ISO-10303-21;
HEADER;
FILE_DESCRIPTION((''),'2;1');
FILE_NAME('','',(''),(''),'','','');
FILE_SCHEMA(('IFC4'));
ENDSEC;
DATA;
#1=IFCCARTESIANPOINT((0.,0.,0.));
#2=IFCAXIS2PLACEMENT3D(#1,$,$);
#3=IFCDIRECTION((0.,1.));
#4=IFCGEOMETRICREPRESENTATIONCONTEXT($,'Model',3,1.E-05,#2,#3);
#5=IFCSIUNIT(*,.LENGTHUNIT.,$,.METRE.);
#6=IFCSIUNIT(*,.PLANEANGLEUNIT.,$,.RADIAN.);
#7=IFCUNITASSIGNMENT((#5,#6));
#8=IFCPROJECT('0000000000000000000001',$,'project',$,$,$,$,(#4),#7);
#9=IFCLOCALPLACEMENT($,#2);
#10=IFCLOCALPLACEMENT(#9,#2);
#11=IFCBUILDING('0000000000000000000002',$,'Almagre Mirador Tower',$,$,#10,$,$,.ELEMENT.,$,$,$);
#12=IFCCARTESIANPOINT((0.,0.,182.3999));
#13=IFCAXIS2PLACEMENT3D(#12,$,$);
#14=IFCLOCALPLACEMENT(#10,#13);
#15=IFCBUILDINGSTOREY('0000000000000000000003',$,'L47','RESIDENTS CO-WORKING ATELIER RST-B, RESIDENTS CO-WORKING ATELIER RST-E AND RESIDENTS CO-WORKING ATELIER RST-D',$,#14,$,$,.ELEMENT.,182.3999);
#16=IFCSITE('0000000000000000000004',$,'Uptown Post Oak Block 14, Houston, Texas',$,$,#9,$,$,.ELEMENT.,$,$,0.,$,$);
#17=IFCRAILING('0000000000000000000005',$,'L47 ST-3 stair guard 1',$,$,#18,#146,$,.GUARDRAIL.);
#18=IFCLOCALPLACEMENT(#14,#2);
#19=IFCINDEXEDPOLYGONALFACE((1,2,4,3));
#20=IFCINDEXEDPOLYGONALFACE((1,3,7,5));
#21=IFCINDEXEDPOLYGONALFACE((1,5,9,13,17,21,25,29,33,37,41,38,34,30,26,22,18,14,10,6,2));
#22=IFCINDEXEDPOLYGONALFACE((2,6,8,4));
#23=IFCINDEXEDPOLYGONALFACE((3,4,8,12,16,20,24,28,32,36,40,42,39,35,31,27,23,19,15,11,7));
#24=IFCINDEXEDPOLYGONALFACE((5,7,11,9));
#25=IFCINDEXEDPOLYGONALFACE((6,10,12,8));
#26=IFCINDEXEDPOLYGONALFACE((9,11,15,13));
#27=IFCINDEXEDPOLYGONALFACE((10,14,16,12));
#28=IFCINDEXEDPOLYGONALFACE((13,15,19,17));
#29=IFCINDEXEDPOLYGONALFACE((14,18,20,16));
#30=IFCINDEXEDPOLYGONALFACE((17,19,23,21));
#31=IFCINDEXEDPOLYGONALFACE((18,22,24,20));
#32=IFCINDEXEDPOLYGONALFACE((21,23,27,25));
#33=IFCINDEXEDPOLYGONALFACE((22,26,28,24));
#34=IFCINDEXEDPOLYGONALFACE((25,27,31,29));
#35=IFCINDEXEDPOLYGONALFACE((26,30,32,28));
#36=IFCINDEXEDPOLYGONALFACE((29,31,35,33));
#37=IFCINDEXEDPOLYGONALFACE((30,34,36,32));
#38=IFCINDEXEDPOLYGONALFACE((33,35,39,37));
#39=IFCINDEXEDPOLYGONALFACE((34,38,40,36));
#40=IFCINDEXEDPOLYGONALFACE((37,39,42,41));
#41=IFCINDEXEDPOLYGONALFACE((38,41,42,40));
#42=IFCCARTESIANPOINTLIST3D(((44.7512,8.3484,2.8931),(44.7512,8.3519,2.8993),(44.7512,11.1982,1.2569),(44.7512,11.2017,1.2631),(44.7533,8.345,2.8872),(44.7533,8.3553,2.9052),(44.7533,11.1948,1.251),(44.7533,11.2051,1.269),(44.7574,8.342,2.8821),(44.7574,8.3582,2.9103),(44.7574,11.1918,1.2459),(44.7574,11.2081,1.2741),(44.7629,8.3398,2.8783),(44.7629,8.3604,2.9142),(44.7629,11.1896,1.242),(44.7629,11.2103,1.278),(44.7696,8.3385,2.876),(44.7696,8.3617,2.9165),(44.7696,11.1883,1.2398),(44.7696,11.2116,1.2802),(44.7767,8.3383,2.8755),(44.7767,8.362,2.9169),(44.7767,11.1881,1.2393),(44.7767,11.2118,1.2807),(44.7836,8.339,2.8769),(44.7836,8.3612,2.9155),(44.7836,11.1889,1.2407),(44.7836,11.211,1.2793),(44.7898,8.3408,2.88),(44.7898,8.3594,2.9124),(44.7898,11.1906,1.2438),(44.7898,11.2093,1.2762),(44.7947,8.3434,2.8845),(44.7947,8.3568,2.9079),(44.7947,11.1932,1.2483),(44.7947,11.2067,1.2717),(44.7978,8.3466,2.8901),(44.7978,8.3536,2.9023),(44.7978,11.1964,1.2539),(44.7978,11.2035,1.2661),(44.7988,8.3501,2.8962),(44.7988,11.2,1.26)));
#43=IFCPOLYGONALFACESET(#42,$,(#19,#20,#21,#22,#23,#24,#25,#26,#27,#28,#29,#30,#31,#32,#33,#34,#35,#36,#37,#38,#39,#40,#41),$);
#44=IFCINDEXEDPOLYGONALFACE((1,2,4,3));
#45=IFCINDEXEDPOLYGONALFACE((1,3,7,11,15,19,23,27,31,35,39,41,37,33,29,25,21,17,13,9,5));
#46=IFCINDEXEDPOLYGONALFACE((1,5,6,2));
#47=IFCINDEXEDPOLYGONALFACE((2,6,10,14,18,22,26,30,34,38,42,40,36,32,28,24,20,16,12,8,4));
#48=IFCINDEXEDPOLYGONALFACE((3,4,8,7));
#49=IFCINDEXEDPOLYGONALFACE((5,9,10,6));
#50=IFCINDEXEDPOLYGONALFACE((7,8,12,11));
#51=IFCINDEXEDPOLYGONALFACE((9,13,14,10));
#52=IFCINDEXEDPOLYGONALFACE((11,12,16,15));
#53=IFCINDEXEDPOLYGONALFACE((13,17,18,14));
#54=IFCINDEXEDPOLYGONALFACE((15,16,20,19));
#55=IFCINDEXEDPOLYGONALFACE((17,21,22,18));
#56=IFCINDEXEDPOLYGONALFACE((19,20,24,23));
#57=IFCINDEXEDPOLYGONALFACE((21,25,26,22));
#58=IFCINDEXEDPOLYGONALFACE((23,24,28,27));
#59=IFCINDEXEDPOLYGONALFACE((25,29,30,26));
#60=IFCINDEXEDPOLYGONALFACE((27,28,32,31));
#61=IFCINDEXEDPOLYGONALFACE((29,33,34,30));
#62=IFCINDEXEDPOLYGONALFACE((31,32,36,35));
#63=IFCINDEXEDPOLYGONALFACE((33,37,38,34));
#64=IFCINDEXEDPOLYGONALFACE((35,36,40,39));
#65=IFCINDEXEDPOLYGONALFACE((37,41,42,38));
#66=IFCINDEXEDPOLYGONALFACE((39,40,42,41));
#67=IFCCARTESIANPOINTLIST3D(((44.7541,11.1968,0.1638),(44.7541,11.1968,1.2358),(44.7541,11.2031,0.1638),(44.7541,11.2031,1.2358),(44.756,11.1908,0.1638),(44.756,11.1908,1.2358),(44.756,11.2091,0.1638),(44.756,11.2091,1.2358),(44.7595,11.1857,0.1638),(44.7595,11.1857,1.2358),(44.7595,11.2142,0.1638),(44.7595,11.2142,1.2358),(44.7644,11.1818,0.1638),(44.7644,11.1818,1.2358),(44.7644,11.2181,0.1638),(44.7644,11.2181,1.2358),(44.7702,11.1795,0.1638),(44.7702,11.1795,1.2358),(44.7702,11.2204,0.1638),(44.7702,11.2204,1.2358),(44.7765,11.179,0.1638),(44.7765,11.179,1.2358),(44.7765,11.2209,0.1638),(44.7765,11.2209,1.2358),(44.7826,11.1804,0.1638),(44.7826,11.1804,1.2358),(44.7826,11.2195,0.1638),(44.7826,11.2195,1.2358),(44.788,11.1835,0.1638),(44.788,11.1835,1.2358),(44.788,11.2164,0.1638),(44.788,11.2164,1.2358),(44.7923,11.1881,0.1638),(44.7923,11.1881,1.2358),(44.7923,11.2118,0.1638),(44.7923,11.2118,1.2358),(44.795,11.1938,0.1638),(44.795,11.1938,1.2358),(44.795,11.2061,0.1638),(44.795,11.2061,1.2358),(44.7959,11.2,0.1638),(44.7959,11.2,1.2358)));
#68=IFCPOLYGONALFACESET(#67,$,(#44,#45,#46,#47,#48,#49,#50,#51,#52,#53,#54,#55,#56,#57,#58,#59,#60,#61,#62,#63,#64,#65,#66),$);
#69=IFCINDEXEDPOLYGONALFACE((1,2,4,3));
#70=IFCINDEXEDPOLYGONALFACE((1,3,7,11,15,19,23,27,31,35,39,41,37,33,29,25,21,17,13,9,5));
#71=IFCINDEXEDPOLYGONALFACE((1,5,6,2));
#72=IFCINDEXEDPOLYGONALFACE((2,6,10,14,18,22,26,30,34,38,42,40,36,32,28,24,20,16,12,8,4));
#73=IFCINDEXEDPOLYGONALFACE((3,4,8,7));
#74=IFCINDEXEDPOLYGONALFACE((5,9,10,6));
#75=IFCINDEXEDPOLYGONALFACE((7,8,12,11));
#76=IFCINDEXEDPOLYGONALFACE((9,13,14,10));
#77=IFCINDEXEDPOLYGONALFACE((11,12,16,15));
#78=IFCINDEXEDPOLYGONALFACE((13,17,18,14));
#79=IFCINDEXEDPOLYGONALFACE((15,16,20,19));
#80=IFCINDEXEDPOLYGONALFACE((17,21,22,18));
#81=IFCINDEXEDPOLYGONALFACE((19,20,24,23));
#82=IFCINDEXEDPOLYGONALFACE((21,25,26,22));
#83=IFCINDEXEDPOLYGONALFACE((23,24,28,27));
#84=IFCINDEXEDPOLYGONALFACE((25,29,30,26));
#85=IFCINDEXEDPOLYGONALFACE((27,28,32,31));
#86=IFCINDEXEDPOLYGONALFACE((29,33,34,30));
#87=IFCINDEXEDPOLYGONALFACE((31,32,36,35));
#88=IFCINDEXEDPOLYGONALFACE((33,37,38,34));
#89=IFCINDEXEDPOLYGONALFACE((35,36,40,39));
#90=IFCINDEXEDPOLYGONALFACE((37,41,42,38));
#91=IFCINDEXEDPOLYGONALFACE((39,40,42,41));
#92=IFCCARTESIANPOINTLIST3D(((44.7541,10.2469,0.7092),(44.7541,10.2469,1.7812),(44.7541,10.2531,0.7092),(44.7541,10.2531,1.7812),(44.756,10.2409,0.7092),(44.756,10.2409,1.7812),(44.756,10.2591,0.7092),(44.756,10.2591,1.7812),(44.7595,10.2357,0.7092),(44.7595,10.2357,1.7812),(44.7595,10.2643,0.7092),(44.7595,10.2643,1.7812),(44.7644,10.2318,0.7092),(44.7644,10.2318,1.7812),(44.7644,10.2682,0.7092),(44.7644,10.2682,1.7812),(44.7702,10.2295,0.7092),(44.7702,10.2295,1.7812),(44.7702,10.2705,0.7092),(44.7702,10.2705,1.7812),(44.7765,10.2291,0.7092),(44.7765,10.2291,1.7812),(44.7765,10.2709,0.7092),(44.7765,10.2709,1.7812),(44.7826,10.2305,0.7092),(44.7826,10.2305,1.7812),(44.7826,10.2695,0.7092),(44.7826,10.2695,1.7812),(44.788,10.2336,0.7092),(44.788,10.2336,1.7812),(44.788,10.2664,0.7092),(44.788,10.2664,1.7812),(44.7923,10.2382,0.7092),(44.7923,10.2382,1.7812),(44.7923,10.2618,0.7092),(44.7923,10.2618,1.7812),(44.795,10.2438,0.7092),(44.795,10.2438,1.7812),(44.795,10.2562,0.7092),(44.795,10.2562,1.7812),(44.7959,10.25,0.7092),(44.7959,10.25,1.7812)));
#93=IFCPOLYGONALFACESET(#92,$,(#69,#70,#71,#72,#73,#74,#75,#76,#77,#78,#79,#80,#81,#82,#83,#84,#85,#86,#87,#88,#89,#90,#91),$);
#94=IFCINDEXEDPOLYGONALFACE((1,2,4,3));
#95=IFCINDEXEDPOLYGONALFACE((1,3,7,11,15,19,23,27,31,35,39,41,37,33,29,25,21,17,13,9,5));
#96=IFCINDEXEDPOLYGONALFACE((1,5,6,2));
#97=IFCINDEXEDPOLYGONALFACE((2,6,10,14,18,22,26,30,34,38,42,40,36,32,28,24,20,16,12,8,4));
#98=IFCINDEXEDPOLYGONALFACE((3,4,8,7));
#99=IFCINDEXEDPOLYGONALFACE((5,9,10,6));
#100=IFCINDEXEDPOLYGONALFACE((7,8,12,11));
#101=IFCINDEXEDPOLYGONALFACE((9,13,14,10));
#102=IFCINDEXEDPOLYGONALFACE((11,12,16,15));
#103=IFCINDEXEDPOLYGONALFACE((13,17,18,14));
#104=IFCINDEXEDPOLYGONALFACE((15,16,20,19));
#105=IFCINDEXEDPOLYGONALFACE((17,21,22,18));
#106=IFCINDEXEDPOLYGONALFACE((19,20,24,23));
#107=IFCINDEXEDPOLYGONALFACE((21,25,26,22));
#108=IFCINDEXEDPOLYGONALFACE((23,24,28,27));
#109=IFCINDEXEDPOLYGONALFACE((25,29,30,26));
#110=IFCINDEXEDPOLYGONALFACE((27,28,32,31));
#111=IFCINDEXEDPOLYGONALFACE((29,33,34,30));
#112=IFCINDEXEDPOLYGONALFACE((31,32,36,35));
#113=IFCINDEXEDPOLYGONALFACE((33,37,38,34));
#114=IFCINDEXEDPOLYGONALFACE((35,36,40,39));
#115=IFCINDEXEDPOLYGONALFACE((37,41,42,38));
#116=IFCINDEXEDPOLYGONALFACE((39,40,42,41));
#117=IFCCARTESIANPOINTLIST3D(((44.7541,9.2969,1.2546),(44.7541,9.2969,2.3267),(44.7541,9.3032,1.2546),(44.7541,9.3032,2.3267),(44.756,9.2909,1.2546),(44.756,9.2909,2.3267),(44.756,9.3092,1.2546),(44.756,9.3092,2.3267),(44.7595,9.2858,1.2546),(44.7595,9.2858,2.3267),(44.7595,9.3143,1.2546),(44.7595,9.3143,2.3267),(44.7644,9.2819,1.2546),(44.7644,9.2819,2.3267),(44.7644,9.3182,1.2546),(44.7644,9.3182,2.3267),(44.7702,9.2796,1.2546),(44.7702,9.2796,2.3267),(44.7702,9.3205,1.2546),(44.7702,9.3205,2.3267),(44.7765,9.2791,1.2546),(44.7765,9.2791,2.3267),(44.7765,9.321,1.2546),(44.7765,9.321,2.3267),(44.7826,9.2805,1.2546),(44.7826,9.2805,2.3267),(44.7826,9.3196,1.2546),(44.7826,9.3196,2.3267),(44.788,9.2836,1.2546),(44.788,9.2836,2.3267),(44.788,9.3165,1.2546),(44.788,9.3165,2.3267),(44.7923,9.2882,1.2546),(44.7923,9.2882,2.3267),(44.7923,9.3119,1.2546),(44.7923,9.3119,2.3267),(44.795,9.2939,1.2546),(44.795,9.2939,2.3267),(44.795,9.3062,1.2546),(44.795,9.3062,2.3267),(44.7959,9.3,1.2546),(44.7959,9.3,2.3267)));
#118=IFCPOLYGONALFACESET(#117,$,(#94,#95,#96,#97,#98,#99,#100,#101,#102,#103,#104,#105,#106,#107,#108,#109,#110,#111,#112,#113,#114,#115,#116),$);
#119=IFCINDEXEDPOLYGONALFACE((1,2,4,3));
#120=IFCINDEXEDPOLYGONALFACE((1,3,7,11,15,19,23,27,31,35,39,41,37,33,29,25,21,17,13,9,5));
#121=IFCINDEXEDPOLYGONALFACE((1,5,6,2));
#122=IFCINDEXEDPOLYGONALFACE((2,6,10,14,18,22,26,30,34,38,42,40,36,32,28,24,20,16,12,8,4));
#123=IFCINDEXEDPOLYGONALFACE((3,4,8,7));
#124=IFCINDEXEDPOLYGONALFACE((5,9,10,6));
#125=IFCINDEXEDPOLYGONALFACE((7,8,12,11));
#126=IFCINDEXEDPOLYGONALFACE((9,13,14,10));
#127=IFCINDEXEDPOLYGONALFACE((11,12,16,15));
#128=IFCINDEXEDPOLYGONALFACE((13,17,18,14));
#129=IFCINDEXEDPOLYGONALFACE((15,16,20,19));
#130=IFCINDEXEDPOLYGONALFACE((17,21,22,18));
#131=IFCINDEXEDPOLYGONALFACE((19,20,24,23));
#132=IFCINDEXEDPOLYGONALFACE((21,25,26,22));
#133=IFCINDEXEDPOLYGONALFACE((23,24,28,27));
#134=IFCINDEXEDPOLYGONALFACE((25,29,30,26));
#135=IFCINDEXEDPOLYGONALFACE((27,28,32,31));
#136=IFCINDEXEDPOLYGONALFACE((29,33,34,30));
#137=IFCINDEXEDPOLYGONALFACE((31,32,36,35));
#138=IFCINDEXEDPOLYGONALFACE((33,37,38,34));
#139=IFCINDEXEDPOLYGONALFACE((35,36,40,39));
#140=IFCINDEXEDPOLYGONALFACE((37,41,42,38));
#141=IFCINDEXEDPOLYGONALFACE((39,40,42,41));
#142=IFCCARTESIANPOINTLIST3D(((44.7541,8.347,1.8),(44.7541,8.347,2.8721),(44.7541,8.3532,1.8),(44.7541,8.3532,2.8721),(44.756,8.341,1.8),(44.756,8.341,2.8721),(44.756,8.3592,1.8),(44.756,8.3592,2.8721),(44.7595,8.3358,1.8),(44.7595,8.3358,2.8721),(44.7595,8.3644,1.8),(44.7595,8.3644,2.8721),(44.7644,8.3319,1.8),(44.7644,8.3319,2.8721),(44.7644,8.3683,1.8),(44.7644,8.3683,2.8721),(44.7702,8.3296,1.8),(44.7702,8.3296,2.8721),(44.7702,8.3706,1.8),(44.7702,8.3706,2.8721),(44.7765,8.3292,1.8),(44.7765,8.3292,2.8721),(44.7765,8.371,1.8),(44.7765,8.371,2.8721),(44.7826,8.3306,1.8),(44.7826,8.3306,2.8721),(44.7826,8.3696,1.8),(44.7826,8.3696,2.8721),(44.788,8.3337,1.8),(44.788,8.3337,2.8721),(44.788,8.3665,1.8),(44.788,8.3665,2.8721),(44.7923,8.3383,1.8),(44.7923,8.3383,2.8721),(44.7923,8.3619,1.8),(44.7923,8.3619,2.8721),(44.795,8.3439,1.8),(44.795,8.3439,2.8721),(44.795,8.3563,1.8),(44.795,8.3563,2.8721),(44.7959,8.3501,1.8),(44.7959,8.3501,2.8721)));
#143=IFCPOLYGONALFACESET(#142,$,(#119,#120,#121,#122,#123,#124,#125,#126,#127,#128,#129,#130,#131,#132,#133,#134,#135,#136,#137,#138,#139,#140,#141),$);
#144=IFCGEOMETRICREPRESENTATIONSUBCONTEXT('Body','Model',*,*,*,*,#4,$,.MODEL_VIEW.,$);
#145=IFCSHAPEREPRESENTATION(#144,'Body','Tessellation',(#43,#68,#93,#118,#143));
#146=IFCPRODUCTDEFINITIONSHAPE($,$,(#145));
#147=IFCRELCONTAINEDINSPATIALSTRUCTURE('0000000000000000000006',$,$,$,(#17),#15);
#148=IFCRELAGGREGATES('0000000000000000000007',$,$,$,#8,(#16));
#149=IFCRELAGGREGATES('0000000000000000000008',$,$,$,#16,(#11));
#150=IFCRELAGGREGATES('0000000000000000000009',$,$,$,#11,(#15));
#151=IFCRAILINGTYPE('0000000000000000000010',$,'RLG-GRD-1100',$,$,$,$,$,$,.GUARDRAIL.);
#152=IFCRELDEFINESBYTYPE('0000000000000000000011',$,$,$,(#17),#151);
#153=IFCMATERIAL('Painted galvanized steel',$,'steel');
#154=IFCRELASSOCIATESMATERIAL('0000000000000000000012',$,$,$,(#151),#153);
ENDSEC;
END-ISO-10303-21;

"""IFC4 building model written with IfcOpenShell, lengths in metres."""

from ifc_helpers import new_model, si_unit, direction, frame, origin, origin_2d, place, context, subcontext, project, spatial, circle, extrude, material, type_object, element, save


model = new_model("IFC4")

# Units and contexts
model_context = context("Model", 3, precision=1e-05, world=origin(), true_north=direction((0.0, 1.0)))
body_context = subcontext(model_context, "Body", "Model", "MODEL_VIEW")
ifc_project = project(units=[si_unit("LENGTHUNIT", "METRE"), si_unit("PLANEANGLEUNIT", "RADIAN")], contexts=[model_context])

# Site, building, storey
site_placement = place(None, origin())
site = spatial("IfcSite", under=ifc_project, at=site_placement, Name="Uptown Post Oak Block 14, Houston, Texas", CompositionType="ELEMENT", RefElevation=0.0)
building_placement = place(site_placement, origin())
building = spatial("IfcBuilding", under=site, at=building_placement, Name="Almagre Mirador Tower", CompositionType="ELEMENT")
storey_placement = place(building_placement, frame((0.0, 0.0, 182.3999)))
storey = spatial("IfcBuildingStorey", under=building, at=storey_placement, Name="L47", Description="RESIDENTS CO-WORKING ATELIER RST-B, RESIDENTS CO-WORKING ATELIER RST-E AND RESIDENTS CO-WORKING ATELIER RST-D", CompositionType="ELEMENT", Elevation=182.3999)

# Railing
ifc_material_1 = material(Name="Painted galvanized steel", Category="steel")
railing_type_1 = type_object("IfcRailingType", Name="RLG-GRD-1100", PredefinedType="GUARDRAIL", material=ifc_material_1)
railing_1_placement = place(storey_placement, frame((44.7749, 11.2, 0.1638)))
element("IfcRailing", 1, at=railing_1_placement, inside=storey, type_object=railing_type_1, Name="L47 ST-3 stair guard 1", PredefinedType="GUARDRAIL", context=body_context, shape_type="SweptSolid", body=[
    extrude(circle(Radius=0.0239, at=origin_2d()), frame((0.0, 0.0, 1.0962), z_axis=(0.0, -0.867226, 0.497914), x_axis=(1.0, 0.0, 0.0)), (0.0, 0.0, 1.0), 3.2861),
    extrude(circle(Radius=0.021, at=origin_2d()), origin(), (0.0, 0.0, 1.0), 1.072),
    extrude(circle(Radius=0.021, at=origin_2d()), frame((0.0, -0.95, 0.5454)), (0.0, 0.0, 1.0), 1.072),
    extrude(circle(Radius=0.021, at=origin_2d()), frame((0.0, -1.8999, 1.0908)), (0.0, 0.0, 1.0), 1.072),
    extrude(circle(Radius=0.021, at=origin_2d()), frame((0.0, -2.8499, 1.6362)), (0.0, 0.0, 1.0), 1.072),
])

save(model, "model.ifc")
